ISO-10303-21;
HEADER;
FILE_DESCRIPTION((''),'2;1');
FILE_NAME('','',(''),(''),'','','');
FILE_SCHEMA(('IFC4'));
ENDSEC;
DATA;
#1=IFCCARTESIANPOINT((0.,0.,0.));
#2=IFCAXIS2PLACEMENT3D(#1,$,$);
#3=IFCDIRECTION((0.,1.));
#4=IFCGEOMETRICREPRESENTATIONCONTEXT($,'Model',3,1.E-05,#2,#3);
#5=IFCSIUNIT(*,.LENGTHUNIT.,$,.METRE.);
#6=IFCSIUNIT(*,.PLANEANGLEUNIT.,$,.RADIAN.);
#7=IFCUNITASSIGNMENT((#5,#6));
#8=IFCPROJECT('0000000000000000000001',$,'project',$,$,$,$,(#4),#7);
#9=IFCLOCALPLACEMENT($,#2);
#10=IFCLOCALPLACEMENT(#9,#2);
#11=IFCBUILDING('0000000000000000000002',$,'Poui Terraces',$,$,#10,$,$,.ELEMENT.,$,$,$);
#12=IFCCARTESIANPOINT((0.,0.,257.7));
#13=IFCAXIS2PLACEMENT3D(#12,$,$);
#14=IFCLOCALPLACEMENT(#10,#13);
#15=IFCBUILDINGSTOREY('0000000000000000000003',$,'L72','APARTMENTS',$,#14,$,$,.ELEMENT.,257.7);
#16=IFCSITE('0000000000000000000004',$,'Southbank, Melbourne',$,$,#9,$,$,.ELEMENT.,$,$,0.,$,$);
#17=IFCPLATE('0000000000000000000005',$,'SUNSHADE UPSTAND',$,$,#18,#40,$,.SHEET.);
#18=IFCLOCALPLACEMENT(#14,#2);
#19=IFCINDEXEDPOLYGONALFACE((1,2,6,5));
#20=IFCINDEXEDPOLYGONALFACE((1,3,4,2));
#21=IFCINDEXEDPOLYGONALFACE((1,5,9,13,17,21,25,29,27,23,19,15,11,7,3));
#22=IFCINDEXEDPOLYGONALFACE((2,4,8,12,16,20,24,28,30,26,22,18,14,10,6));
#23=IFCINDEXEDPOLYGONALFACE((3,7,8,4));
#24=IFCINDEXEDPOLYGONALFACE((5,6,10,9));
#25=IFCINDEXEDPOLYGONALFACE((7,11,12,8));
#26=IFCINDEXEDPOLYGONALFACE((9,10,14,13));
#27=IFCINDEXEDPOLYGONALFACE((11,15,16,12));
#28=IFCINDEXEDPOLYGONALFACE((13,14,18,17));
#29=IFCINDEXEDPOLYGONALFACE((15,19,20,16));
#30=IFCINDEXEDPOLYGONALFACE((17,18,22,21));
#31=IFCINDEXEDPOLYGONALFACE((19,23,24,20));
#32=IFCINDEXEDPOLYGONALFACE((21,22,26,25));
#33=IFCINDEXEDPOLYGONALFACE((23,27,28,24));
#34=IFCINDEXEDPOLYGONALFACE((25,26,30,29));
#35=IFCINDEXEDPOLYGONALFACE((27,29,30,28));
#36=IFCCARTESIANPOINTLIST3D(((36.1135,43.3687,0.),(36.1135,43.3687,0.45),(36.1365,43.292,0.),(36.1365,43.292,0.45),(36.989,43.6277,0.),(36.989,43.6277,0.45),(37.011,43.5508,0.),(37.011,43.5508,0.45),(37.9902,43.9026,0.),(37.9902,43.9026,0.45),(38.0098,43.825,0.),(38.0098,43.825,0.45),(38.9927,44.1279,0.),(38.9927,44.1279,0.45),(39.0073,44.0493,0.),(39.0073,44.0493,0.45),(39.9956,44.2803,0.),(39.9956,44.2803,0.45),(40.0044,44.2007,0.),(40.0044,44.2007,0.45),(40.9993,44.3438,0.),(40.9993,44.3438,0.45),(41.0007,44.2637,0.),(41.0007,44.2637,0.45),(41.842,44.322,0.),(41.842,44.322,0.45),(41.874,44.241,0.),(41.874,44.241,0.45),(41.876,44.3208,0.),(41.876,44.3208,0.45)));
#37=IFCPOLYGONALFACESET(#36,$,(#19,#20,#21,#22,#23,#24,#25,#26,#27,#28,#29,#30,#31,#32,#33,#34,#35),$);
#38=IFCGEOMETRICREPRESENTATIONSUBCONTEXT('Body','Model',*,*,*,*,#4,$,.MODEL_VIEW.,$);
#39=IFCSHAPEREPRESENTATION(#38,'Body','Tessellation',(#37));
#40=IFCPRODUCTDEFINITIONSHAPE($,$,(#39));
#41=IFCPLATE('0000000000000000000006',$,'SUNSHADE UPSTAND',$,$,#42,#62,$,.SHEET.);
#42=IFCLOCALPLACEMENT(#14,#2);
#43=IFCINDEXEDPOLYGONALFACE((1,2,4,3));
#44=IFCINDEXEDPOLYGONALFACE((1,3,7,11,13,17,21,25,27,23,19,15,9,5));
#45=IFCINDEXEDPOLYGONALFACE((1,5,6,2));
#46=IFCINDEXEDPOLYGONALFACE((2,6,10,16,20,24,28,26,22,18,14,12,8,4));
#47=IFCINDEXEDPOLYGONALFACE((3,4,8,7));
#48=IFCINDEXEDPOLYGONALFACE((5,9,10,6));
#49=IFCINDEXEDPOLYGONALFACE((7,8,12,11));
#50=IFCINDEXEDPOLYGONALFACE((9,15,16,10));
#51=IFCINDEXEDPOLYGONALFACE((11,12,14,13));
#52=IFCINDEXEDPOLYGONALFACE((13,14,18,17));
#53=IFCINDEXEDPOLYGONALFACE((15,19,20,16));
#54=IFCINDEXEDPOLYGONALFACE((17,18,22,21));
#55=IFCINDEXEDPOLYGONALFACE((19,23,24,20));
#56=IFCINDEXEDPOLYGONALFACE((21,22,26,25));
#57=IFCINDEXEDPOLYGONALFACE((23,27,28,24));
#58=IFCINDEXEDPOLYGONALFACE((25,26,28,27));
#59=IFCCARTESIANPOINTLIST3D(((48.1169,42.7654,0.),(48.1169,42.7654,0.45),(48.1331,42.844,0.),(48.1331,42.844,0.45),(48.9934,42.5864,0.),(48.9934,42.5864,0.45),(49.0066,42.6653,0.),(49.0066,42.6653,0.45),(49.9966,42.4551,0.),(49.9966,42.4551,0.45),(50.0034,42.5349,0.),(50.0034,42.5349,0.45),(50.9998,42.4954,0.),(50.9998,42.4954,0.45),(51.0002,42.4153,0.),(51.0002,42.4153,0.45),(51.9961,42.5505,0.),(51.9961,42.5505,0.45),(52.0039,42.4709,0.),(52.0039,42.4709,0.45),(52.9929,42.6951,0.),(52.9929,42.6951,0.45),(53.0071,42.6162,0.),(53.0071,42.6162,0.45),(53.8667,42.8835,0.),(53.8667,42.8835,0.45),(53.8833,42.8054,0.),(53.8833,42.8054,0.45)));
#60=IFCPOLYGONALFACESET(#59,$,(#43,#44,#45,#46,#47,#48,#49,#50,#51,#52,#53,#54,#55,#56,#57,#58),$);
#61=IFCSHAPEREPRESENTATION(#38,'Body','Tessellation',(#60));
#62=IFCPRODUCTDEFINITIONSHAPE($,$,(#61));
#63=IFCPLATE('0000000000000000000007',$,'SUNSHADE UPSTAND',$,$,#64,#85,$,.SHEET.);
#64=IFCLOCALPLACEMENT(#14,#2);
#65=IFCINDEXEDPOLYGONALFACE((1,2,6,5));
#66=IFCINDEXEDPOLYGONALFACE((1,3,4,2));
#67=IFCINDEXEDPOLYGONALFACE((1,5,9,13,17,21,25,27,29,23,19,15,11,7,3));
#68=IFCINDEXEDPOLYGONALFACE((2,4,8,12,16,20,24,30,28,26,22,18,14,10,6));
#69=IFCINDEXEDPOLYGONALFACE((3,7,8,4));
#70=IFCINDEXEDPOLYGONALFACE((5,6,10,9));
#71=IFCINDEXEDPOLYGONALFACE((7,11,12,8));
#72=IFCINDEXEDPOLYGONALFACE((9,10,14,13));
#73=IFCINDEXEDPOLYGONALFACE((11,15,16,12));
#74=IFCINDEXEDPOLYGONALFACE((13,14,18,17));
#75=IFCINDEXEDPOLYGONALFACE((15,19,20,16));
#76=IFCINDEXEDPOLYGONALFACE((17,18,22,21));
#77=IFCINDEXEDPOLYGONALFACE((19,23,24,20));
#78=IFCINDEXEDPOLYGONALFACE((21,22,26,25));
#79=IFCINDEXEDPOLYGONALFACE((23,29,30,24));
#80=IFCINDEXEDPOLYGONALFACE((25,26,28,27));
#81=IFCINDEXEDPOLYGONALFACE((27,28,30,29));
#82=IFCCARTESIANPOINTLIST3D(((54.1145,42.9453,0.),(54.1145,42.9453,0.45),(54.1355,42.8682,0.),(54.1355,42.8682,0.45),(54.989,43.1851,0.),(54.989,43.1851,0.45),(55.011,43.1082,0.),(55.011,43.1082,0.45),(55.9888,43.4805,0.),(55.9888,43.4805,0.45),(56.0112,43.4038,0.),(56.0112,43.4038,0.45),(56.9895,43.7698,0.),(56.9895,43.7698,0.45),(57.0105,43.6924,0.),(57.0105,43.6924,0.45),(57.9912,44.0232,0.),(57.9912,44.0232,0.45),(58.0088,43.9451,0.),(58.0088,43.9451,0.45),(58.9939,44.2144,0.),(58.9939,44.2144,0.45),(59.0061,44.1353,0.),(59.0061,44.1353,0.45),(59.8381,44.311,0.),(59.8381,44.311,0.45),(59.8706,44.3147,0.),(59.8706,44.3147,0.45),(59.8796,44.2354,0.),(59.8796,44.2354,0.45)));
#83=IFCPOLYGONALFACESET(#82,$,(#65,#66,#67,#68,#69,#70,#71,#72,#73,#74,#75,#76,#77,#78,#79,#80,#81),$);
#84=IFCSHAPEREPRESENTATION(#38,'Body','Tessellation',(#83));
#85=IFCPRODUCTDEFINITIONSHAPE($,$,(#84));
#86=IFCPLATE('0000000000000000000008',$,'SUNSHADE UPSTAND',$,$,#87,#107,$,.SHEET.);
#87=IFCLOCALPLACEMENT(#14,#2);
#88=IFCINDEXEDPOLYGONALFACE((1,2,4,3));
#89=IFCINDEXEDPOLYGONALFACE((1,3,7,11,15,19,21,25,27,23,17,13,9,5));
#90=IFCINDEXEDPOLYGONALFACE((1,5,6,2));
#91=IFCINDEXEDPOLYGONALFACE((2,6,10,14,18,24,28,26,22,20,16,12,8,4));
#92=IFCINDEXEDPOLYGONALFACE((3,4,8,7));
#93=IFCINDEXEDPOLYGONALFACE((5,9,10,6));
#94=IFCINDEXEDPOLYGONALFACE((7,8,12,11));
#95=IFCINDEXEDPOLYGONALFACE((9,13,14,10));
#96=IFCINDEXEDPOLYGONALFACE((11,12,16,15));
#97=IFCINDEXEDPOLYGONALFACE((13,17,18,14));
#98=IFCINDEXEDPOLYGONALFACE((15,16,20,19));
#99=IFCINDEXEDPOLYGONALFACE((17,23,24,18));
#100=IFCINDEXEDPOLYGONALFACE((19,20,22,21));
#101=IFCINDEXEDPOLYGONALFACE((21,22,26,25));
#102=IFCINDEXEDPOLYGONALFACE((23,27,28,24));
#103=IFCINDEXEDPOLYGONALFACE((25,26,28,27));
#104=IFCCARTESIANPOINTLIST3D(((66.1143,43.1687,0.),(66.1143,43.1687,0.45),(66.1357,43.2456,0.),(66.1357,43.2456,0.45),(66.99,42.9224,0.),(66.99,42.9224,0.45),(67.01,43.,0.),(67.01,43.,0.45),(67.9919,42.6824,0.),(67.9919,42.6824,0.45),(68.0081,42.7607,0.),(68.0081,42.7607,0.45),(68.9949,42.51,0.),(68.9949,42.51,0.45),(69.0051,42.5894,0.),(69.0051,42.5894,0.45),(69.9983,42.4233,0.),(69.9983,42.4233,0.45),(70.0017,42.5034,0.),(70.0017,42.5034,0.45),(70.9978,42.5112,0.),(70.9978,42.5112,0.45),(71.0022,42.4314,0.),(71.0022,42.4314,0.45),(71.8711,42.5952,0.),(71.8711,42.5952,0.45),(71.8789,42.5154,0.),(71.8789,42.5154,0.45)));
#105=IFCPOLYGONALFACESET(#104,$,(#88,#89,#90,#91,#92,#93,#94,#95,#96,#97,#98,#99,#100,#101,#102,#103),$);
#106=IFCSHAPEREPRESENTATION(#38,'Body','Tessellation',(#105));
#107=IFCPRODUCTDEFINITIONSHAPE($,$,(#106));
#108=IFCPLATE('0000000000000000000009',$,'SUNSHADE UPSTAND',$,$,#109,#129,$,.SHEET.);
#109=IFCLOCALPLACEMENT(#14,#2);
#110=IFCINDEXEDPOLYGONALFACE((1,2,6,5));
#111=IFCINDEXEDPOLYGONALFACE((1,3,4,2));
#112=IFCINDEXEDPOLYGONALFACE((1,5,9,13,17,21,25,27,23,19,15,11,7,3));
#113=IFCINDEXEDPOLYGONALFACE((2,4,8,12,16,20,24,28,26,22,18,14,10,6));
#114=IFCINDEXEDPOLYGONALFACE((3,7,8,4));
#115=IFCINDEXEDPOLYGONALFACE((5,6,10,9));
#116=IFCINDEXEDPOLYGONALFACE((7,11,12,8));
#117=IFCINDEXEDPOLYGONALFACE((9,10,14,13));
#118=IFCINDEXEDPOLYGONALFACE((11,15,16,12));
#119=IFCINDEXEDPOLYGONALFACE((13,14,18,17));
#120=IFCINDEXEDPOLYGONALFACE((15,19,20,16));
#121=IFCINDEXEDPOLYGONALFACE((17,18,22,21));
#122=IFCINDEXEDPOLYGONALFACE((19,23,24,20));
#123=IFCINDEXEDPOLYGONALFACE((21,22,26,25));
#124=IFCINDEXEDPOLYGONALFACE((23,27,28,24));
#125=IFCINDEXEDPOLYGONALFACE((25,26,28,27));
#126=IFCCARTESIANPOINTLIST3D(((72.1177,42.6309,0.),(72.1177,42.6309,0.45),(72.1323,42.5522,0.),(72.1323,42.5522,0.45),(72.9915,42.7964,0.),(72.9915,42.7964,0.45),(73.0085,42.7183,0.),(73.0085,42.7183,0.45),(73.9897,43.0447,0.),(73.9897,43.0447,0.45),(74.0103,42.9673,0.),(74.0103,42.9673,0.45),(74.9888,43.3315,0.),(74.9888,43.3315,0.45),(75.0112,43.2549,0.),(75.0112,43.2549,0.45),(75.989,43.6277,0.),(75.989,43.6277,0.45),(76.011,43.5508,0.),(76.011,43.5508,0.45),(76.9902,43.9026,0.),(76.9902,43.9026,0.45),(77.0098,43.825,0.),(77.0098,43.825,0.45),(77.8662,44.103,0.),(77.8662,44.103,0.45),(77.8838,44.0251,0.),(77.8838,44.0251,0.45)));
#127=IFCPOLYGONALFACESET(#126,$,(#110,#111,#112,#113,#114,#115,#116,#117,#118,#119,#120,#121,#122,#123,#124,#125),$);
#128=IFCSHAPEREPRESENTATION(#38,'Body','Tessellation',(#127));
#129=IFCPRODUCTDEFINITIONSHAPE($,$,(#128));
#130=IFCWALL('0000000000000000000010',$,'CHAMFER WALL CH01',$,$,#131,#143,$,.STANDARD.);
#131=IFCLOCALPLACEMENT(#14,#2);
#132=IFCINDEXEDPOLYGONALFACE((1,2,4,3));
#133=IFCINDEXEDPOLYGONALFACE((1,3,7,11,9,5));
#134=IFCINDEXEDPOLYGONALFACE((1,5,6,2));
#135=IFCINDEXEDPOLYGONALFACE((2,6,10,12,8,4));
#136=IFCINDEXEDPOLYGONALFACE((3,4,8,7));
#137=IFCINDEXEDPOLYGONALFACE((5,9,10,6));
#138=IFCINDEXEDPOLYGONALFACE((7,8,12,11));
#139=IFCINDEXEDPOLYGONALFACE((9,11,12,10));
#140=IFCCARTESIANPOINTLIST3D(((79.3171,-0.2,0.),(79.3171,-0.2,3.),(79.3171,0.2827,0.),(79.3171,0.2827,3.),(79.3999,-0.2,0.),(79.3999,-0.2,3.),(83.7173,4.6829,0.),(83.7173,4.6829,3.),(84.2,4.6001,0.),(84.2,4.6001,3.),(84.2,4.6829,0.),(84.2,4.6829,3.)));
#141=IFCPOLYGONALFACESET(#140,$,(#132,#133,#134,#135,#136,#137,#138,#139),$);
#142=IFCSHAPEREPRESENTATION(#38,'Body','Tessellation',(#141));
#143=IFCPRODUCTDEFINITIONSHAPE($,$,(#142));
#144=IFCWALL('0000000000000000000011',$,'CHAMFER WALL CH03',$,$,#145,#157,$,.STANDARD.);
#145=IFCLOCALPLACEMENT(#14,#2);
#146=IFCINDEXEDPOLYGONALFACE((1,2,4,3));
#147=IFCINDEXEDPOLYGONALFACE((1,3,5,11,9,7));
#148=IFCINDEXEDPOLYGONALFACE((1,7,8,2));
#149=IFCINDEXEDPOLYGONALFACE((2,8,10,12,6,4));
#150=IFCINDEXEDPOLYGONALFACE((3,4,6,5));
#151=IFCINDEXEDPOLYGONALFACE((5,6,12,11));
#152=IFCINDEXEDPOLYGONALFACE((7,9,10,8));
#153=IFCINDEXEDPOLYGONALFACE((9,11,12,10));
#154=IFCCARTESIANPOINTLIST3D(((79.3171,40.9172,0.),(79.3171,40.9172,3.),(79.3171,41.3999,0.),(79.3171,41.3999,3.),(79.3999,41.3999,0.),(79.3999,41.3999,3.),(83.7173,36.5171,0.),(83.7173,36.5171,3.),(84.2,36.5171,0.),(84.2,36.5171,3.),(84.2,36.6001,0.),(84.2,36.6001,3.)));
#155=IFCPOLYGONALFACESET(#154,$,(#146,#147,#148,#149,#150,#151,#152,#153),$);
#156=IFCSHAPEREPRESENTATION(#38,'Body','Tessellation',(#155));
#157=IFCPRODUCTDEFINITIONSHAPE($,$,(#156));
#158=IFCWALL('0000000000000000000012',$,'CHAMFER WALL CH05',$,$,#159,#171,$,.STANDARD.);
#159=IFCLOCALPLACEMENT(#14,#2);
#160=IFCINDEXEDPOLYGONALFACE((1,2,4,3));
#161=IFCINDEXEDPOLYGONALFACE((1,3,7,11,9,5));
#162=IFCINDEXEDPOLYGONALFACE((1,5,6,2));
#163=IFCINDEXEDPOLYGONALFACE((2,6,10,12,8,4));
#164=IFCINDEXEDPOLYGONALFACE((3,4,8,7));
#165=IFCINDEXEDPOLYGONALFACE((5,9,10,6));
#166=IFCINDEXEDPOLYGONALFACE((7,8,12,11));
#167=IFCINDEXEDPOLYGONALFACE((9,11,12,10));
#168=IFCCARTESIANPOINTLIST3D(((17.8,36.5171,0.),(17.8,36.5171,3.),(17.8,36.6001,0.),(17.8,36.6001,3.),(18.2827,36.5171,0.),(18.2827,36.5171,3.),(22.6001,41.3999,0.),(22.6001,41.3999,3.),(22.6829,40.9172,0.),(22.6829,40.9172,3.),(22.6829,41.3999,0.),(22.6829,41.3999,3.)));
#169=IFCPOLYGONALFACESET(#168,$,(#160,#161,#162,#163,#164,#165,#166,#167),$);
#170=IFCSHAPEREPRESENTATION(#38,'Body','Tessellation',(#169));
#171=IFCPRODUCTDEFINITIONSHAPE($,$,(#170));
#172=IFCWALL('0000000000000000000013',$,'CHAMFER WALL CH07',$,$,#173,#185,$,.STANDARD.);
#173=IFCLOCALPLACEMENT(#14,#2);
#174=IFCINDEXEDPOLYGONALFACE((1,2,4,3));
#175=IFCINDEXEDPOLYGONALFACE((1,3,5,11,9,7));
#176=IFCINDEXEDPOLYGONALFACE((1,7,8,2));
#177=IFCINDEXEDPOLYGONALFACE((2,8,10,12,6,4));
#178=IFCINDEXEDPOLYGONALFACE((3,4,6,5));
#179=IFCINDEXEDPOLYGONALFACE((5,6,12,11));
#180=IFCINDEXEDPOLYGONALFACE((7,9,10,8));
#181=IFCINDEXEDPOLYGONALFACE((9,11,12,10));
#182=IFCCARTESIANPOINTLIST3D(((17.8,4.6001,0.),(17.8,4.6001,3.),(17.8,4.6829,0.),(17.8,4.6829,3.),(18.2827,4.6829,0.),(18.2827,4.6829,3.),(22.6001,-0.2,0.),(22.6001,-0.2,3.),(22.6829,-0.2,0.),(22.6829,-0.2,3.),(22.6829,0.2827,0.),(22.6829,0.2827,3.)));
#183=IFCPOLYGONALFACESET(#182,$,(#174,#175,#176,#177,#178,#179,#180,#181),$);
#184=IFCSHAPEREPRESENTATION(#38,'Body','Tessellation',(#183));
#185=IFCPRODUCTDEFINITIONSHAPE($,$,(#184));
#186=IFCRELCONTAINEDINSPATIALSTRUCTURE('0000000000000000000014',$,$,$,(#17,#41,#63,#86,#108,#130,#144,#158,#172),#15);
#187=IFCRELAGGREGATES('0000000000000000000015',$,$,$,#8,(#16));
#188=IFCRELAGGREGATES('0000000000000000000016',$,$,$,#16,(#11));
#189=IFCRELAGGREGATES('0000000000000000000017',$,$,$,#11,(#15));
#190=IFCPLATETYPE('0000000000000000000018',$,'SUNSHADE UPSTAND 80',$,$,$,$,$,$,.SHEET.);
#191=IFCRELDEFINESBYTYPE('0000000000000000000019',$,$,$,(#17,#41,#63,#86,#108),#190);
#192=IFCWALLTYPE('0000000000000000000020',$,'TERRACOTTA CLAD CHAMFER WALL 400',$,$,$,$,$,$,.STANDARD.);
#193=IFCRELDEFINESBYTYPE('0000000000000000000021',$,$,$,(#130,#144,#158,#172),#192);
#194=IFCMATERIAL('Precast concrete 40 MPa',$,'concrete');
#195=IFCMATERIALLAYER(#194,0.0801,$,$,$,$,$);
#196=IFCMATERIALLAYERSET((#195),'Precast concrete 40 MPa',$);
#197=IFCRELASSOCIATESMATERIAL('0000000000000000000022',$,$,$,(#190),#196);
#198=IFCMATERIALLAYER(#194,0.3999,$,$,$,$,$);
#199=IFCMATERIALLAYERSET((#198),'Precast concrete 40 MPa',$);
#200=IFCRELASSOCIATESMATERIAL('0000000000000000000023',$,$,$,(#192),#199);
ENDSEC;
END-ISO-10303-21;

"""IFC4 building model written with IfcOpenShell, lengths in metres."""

from ifc_helpers import new_model, si_unit, direction, frame, origin, place, context, subcontext, project, spatial, polyline, outline, extrude, material, layer, layer_set, type_object, element, save


model = new_model("IFC4")

# Units and contexts
model_context = context("Model", 3, precision=1e-05, world=origin(), true_north=direction((0.0, 1.0)))
body_context = subcontext(model_context, "Body", "Model", "MODEL_VIEW")
ifc_project = project(units=[si_unit("LENGTHUNIT", "METRE"), si_unit("PLANEANGLEUNIT", "RADIAN")], contexts=[model_context])

# Site, building, storey
site_placement = place(None, origin())
site = spatial("IfcSite", under=ifc_project, at=site_placement, Name="Southbank, Melbourne", CompositionType="ELEMENT", RefElevation=0.0)
building_placement = place(site_placement, origin())
building = spatial("IfcBuilding", under=site, at=building_placement, Name="Poui Terraces", CompositionType="ELEMENT")
storey_placement = place(building_placement, frame((0.0, 0.0, 257.7)))
storey = spatial("IfcBuildingStorey", under=building, at=storey_placement, Name="L72", Description="APARTMENTS", CompositionType="ELEMENT", Elevation=257.7)

# Shared definitions
ifc_material_1 = material(Name="Precast concrete 40 MPa", Category="concrete")

# Plates
ifc_layer_1 = layer(ifc_material_1, 0.0801)
ifc_layer_set_1 = layer_set([ifc_layer_1], Name="Precast concrete 40 MPa")
plate_type = type_object("IfcPlateType", Name="SUNSHADE UPSTAND 80", PredefinedType="SHEET", material=ifc_layer_set_1)
plate_1_placement = place(storey_placement, origin())
element("IfcPlate", 1, at=plate_1_placement, inside=storey, type_object=plate_type, Name="SUNSHADE UPSTAND", PredefinedType="SHEET", context=body_context, shape_type="SweptSolid", body=[
    extrude(outline(polyline([(36.989, 43.6277), (36.1135, 43.3687), (36.1365, 43.292), (37.011, 43.5508), (38.0098, 43.825), (39.0073, 44.0493), (40.0044, 44.2007), (41.0007, 44.2637), (41.874, 44.241), (41.876, 44.3208), (41.842, 44.322), (40.9993, 44.3438), (39.9956, 44.2803), (38.9927, 44.1279), (37.9902, 43.9026), (36.989, 43.6277)])), origin(), (0.0, 0.0, 1.0), 0.45),
])
plate_2_placement = place(storey_placement, origin())
element("IfcPlate", 2, at=plate_2_placement, inside=storey, type_object=plate_type, Name="SUNSHADE UPSTAND", PredefinedType="SHEET", context=body_context, shape_type="SweptSolid", body=[
    extrude(outline(polyline([(49.0066, 42.6653), (48.1331, 42.844), (48.1169, 42.7654), (48.9934, 42.5864), (49.9966, 42.4551), (51.0002, 42.4153), (52.0039, 42.4709), (53.0071, 42.6162), (53.8833, 42.8054), (53.8667, 42.8835), (52.9929, 42.6951), (51.9961, 42.5505), (50.9998, 42.4954), (50.0034, 42.5349), (49.0066, 42.6653)])), origin(), (0.0, 0.0, 1.0), 0.45),
])
plate_3_placement = place(storey_placement, origin())
element("IfcPlate", 3, at=plate_3_placement, inside=storey, type_object=plate_type, Name="SUNSHADE UPSTAND", PredefinedType="SHEET", context=body_context, shape_type="SweptSolid", body=[
    extrude(outline(polyline([(54.989, 43.1851), (54.1145, 42.9453), (54.1355, 42.8682), (55.011, 43.1082), (56.0112, 43.4038), (57.0105, 43.6924), (58.0088, 43.9451), (59.0061, 44.1353), (59.8796, 44.2354), (59.8706, 44.3147), (59.8381, 44.311), (58.9939, 44.2144), (57.9912, 44.0232), (56.9895, 43.7698), (55.9888, 43.4805), (54.989, 43.1851)])), origin(), (0.0, 0.0, 1.0), 0.45),
])
plate_4_placement = place(storey_placement, origin())
element("IfcPlate", 4, at=plate_4_placement, inside=storey, type_object=plate_type, Name="SUNSHADE UPSTAND", PredefinedType="SHEET", context=body_context, shape_type="SweptSolid", body=[
    extrude(outline(polyline([(67.01, 43.0), (66.1357, 43.2456), (66.1143, 43.1687), (66.99, 42.9224), (67.9919, 42.6824), (68.9949, 42.51), (69.9983, 42.4233), (71.0022, 42.4314), (71.8789, 42.5154), (71.8711, 42.5952), (70.9978, 42.5112), (70.0017, 42.5034), (69.0051, 42.5894), (68.0081, 42.7607), (67.01, 43.0)])), origin(), (0.0, 0.0, 1.0), 0.45),
])
plate_5_placement = place(storey_placement, origin())
element("IfcPlate", 5, at=plate_5_placement, inside=storey, type_object=plate_type, Name="SUNSHADE UPSTAND", PredefinedType="SHEET", context=body_context, shape_type="SweptSolid", body=[
    extrude(outline(polyline([(72.9915, 42.7964), (72.1177, 42.6309), (72.1323, 42.5522), (73.0085, 42.7183), (74.0103, 42.9673), (75.0112, 43.2549), (76.011, 43.5508), (77.0098, 43.825), (77.8838, 44.0251), (77.8662, 44.103), (76.9902, 43.9026), (75.989, 43.6277), (74.9888, 43.3315), (73.9897, 43.0447), (72.9915, 42.7964)])), origin(), (0.0, 0.0, 1.0), 0.45),
])

# Walls
ifc_layer_2 = layer(ifc_material_1, 0.3999)
ifc_layer_set_2 = layer_set([ifc_layer_2], Name="Precast concrete 40 MPa")
wall_type = type_object("IfcWallType", Name="TERRACOTTA CLAD CHAMFER WALL 400", PredefinedType="STANDARD", material=ifc_layer_set_2)
wall_1_placement = place(storey_placement, origin())
element("IfcWall", 6, at=wall_1_placement, inside=storey, type_object=wall_type, Name="CHAMFER WALL CH01", PredefinedType="STANDARD", context=body_context, shape_type="SweptSolid", body=[
    extrude(outline(polyline([(79.3171, -0.2), (79.3999, -0.2), (84.2, 4.6001), (84.2, 4.6829), (83.7173, 4.6829), (79.3171, 0.2827), (79.3171, -0.2)])), origin(), (0.0, 0.0, 1.0), 3.0),
])
wall_2_placement = place(storey_placement, origin())
element("IfcWall", 7, at=wall_2_placement, inside=storey, type_object=wall_type, Name="CHAMFER WALL CH03", PredefinedType="STANDARD", context=body_context, shape_type="SweptSolid", body=[
    extrude(outline(polyline([(84.2, 36.5171), (84.2, 36.6001), (79.3999, 41.3999), (79.3171, 41.3999), (79.3171, 40.9172), (83.7173, 36.5171), (84.2, 36.5171)])), origin(), (0.0, 0.0, 1.0), 3.0),
])
wall_3_placement = place(storey_placement, origin())
element("IfcWall", 8, at=wall_3_placement, inside=storey, type_object=wall_type, Name="CHAMFER WALL CH05", PredefinedType="STANDARD", context=body_context, shape_type="SweptSolid", body=[
    extrude(outline(polyline([(22.6829, 41.3999), (22.6001, 41.3999), (17.8, 36.6001), (17.8, 36.5171), (18.2827, 36.5171), (22.6829, 40.9172), (22.6829, 41.3999)])), origin(), (0.0, 0.0, 1.0), 3.0),
])
wall_4_placement = place(storey_placement, origin())
element("IfcWall", 9, at=wall_4_placement, inside=storey, type_object=wall_type, Name="CHAMFER WALL CH07", PredefinedType="STANDARD", context=body_context, shape_type="SweptSolid", body=[
    extrude(outline(polyline([(17.8, 4.6829), (17.8, 4.6001), (22.6001, -0.2), (22.6829, -0.2), (22.6829, 0.2827), (18.2827, 4.6829), (17.8, 4.6829)])), origin(), (0.0, 0.0, 1.0), 3.0),
])

save(model, "model.ifc")
